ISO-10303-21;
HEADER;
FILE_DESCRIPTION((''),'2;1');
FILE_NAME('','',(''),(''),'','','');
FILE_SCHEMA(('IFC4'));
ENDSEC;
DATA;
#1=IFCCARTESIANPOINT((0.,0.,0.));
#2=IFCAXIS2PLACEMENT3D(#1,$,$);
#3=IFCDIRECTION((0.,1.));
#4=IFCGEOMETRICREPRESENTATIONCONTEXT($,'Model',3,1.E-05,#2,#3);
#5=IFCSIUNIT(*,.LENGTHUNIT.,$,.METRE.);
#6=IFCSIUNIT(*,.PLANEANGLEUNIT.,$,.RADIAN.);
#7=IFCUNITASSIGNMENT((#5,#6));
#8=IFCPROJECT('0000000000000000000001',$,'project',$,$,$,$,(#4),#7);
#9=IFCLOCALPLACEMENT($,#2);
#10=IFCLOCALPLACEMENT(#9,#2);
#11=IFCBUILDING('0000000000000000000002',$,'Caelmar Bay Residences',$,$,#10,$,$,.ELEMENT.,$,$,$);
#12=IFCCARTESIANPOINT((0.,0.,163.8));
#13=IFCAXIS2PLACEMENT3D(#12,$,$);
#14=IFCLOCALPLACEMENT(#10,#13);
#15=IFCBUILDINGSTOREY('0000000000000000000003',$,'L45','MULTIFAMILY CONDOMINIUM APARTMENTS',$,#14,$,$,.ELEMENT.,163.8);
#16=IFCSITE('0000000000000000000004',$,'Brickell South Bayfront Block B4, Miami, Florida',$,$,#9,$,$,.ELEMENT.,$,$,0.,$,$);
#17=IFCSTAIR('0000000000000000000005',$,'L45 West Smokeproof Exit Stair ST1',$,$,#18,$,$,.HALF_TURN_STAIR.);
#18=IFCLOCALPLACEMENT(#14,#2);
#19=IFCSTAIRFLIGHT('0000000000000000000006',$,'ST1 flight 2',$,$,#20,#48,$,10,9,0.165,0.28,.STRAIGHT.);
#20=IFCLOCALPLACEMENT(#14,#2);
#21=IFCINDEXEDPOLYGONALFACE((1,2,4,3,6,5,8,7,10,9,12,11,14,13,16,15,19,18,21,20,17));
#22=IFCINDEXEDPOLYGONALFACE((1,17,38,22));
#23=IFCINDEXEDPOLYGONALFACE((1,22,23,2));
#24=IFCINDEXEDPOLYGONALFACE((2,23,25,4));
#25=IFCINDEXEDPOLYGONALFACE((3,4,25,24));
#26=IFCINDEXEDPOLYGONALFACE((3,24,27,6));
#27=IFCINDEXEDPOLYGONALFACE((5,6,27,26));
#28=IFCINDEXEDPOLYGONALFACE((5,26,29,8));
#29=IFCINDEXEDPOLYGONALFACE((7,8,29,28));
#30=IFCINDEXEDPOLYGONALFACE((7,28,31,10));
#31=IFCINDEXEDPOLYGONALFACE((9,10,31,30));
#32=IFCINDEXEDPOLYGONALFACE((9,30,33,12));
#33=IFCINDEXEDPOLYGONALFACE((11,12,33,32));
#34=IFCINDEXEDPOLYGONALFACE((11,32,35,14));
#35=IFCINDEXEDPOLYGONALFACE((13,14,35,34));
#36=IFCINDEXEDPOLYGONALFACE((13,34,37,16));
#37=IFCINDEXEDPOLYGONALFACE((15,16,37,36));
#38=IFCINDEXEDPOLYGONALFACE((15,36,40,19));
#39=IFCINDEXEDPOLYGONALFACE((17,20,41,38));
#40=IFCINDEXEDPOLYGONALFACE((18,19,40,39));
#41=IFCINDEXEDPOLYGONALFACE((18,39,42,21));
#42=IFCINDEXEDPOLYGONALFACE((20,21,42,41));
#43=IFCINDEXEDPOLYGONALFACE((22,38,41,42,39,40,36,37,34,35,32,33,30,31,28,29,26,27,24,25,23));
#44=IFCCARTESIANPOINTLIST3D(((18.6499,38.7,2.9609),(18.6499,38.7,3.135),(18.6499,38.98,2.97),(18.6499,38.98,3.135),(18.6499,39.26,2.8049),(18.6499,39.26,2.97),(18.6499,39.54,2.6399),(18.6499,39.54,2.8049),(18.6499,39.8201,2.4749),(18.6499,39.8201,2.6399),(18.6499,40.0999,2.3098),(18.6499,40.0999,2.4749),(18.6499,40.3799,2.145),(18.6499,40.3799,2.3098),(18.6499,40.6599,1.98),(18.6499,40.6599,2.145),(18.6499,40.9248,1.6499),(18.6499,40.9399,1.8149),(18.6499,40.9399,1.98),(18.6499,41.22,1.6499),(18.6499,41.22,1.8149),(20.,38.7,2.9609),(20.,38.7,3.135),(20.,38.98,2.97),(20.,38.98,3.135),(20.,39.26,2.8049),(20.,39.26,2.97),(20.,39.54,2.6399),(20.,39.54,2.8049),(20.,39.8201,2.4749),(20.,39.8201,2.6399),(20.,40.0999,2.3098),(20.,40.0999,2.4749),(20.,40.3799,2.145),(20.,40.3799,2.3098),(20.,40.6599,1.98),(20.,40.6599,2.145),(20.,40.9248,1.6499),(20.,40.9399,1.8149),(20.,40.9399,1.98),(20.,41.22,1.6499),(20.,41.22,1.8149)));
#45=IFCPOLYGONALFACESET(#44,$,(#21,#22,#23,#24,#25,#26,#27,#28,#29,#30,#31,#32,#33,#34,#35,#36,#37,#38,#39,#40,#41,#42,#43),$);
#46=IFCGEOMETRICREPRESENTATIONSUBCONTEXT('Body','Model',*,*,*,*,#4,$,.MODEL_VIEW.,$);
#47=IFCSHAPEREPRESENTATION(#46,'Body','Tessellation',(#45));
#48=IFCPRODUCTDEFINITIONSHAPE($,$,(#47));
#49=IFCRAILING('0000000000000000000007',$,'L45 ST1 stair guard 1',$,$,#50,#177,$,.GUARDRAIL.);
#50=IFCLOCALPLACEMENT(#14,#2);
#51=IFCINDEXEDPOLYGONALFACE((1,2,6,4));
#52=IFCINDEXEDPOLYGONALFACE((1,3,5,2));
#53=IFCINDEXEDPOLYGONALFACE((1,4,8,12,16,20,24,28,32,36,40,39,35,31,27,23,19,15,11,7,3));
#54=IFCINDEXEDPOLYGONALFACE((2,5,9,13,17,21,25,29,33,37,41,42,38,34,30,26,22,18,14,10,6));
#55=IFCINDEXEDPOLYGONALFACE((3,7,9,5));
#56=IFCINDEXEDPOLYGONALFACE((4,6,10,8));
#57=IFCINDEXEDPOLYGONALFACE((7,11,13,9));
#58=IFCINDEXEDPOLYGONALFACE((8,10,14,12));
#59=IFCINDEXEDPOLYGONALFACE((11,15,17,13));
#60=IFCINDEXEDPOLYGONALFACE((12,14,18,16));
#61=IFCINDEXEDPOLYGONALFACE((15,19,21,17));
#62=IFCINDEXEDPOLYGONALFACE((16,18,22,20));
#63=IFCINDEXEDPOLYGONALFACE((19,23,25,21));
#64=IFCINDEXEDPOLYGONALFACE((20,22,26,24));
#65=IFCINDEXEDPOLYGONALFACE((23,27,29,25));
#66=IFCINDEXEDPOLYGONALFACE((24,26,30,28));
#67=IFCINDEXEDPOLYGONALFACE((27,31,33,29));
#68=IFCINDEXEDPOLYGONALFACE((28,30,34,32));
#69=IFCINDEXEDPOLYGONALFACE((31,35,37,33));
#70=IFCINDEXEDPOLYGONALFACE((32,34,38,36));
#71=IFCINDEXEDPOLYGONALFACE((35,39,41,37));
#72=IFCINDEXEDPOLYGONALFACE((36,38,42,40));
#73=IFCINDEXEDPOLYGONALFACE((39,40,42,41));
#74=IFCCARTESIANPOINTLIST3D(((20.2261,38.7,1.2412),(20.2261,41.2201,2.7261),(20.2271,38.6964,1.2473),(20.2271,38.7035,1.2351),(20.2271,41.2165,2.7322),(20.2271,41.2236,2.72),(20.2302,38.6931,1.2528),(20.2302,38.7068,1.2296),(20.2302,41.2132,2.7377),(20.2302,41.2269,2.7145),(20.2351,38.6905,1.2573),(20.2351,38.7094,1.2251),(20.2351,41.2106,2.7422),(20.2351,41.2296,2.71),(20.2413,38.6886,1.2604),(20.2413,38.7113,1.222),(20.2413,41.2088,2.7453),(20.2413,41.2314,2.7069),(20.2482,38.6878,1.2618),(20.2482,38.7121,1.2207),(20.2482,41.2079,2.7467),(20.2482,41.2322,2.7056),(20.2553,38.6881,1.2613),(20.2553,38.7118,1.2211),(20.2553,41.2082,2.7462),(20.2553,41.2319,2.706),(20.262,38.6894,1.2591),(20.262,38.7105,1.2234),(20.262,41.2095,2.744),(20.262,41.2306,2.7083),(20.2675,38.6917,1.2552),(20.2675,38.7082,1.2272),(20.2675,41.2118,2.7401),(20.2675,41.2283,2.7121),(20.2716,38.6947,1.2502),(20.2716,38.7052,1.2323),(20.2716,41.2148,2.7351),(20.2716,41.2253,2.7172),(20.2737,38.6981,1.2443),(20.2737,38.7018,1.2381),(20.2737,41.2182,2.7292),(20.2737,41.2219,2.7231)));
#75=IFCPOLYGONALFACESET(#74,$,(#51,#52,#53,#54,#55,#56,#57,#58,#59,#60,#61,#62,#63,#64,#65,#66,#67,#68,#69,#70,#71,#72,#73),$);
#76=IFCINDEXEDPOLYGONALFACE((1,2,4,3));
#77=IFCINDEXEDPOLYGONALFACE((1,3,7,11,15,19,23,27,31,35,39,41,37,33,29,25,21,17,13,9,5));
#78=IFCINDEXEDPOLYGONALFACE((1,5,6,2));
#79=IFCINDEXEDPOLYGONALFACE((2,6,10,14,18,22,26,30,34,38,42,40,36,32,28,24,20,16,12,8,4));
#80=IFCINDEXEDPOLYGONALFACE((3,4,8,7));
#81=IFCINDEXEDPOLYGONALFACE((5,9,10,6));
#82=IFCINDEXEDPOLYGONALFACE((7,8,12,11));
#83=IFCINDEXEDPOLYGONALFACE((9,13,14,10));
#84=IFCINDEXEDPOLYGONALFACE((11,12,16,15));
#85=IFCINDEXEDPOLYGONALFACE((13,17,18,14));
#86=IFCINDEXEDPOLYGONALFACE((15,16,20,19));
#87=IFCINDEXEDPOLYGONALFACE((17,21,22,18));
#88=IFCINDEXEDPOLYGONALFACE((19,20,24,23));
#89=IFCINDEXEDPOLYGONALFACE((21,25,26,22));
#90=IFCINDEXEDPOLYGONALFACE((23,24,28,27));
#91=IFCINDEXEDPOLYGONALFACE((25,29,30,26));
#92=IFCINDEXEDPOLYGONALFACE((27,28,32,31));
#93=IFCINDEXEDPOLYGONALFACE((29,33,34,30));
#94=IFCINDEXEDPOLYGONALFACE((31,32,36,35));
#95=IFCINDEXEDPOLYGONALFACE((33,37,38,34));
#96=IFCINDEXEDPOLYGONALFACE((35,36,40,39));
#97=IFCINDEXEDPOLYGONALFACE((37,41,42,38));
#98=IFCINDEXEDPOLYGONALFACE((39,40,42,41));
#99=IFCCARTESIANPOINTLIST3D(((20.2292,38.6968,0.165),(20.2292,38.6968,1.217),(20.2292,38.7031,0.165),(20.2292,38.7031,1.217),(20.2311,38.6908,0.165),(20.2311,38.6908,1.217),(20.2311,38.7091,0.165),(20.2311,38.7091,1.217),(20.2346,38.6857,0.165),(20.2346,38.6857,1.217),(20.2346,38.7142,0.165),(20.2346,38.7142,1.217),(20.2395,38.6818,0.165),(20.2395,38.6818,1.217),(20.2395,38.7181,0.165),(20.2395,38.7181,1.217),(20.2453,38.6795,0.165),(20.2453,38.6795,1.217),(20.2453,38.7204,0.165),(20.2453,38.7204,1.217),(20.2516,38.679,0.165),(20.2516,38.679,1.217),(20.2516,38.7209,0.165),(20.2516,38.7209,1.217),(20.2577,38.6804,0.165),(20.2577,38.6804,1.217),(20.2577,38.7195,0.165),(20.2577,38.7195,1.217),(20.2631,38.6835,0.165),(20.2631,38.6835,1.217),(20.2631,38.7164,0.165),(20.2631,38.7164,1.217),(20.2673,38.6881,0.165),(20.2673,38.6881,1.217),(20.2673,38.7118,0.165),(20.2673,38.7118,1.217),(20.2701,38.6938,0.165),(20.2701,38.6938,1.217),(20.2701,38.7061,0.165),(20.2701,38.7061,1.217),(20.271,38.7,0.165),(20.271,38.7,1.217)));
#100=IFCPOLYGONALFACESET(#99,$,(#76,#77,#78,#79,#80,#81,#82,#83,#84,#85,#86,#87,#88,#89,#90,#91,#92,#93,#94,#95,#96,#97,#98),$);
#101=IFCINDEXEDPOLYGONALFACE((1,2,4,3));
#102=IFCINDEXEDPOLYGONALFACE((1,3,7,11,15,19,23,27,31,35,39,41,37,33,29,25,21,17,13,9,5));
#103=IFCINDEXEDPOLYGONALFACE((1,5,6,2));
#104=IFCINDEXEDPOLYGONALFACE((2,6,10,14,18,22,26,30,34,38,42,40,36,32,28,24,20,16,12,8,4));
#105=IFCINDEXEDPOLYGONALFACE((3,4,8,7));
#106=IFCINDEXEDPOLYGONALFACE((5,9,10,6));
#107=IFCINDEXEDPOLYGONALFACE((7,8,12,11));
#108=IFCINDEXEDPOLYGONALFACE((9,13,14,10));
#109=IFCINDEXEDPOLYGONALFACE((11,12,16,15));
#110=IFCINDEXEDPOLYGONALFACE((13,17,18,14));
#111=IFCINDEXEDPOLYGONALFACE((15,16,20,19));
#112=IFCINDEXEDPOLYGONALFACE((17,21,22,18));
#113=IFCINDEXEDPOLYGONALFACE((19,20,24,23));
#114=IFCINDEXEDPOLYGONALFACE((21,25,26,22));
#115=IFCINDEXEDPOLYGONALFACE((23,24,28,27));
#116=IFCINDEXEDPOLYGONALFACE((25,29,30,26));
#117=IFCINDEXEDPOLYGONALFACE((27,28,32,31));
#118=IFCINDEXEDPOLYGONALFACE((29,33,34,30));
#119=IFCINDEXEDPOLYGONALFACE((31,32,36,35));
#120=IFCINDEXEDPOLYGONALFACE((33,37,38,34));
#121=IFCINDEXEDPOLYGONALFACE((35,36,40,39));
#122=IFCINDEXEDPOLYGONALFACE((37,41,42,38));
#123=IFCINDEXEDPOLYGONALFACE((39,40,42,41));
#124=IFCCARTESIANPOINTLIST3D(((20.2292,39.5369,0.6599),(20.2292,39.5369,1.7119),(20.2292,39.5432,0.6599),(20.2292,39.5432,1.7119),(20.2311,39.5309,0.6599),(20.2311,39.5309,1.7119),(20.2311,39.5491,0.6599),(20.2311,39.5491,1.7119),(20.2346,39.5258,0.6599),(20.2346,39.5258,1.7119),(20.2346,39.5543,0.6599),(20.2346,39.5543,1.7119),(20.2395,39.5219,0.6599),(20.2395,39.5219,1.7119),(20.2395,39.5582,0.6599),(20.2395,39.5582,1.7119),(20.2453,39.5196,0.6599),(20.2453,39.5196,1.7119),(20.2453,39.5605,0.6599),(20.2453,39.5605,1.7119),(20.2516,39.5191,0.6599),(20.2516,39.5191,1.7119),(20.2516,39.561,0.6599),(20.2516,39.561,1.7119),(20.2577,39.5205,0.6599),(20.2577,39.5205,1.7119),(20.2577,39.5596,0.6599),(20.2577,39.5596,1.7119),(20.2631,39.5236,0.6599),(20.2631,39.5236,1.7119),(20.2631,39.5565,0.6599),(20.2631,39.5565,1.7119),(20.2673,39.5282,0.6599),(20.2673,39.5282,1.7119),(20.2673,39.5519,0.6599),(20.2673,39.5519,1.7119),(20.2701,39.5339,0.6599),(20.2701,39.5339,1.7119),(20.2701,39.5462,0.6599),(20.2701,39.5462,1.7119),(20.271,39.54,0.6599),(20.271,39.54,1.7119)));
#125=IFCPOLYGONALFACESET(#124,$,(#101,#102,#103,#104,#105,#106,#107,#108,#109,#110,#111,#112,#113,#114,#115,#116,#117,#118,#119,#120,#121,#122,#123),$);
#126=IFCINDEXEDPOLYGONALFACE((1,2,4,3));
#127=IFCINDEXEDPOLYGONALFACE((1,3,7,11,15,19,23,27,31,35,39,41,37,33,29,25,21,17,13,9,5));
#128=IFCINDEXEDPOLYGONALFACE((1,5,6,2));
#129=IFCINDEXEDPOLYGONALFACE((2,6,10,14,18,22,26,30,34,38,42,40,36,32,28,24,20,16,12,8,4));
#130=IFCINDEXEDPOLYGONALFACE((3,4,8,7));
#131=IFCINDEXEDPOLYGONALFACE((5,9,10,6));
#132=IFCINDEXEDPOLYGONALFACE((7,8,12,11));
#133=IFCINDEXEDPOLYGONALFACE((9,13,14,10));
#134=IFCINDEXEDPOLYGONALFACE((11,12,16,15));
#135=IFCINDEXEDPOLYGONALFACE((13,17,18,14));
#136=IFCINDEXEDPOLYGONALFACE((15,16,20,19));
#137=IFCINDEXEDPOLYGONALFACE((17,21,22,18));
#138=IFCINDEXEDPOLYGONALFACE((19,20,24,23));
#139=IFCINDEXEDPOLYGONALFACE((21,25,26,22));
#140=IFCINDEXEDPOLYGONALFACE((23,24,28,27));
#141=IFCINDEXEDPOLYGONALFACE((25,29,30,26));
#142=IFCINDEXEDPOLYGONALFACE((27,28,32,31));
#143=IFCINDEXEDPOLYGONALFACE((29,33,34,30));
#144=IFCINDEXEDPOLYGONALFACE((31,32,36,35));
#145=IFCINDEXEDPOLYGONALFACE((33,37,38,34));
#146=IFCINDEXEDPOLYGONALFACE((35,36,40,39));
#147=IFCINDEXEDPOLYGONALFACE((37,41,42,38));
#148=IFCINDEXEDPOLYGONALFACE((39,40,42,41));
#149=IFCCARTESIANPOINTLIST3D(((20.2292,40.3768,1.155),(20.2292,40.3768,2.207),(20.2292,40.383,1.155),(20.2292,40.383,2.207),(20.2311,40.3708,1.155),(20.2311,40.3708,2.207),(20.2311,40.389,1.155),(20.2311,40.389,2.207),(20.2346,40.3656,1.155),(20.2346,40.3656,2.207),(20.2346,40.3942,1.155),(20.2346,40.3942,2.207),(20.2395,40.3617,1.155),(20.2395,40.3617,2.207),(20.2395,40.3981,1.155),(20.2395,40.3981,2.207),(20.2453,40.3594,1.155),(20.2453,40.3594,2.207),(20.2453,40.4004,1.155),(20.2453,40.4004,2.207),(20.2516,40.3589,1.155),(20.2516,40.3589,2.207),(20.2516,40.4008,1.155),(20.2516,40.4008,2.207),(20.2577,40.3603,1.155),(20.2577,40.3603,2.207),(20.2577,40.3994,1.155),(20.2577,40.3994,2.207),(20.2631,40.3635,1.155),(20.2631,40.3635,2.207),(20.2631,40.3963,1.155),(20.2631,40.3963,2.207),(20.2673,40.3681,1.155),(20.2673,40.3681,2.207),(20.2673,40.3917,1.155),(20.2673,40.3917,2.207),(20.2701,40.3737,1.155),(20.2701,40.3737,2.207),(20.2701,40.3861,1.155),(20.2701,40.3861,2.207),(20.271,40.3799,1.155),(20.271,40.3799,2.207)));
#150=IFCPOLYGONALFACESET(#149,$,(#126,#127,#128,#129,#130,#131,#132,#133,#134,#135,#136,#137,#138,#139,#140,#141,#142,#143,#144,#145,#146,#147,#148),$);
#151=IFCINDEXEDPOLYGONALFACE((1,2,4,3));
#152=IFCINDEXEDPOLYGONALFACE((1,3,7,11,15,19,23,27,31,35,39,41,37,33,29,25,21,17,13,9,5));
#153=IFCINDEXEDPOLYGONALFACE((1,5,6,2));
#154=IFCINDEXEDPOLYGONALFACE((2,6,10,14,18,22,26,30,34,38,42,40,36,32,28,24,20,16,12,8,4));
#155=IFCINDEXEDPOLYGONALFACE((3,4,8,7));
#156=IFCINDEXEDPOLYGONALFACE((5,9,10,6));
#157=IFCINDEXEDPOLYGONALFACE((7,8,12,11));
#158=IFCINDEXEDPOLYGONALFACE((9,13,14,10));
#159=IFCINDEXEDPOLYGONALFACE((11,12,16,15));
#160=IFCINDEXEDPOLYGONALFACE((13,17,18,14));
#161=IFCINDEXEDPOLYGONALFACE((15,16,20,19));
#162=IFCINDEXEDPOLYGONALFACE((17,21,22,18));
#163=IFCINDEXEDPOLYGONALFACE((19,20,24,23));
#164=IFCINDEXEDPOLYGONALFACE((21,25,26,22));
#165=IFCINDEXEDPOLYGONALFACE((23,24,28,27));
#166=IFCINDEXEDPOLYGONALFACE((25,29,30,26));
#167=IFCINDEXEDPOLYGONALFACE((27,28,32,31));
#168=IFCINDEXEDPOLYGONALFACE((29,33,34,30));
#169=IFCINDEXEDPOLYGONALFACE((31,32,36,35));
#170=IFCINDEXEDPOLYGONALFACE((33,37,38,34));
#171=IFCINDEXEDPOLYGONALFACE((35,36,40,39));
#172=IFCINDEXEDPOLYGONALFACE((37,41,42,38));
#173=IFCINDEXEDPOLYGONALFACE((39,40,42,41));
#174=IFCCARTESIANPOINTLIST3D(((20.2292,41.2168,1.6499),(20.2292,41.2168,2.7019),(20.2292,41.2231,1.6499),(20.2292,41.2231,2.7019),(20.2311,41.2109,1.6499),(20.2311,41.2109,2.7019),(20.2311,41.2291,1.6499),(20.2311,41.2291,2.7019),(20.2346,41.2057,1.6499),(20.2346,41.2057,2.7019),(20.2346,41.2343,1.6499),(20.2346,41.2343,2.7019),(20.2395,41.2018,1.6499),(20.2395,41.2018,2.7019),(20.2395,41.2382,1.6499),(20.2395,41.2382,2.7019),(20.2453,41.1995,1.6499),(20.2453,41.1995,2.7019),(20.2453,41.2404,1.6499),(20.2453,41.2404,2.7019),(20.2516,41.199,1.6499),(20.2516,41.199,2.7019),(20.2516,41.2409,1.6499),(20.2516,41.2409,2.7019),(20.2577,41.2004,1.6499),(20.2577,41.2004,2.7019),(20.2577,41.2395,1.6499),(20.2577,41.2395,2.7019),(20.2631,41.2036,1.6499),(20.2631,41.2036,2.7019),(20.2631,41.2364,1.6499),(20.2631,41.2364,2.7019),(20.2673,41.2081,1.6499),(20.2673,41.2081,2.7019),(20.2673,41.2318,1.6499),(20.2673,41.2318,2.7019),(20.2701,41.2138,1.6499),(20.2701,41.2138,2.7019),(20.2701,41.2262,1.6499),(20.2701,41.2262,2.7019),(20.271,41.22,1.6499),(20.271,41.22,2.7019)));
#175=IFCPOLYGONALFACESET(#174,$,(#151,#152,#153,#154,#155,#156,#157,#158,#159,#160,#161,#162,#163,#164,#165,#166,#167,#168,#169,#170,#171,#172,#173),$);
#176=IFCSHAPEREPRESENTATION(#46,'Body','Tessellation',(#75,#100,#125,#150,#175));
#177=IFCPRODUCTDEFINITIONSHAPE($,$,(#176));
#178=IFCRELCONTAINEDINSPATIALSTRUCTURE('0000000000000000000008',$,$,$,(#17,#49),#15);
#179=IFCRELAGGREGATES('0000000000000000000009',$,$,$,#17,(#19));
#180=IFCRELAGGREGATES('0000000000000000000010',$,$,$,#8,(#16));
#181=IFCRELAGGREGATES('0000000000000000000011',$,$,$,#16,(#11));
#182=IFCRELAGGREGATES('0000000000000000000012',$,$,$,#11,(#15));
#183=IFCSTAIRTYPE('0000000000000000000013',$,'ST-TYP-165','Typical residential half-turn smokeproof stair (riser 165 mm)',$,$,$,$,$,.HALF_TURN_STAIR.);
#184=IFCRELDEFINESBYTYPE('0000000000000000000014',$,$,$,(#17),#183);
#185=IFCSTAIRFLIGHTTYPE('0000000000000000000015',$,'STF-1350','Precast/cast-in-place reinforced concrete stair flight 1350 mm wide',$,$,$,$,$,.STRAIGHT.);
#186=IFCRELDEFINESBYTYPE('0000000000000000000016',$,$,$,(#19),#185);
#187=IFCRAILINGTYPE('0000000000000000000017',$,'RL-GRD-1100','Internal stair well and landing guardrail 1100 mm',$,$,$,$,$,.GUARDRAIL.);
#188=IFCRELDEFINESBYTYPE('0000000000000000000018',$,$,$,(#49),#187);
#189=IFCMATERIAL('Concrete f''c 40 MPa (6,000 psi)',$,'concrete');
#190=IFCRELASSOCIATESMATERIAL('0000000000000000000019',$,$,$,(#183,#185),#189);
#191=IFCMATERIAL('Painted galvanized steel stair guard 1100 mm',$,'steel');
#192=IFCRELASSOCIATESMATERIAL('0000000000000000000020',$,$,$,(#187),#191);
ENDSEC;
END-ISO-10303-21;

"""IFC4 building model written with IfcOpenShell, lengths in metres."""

from ifc_helpers import new_model, si_unit, direction, frame, origin, origin_2d, place, context, subcontext, project, spatial, polyline, circle, outline, extrude, material, type_object, element, aggregate, save


model = new_model("IFC4")

# Units and contexts
model_context = context("Model", 3, precision=1e-05, world=origin(), true_north=direction((0.0, 1.0)))
body_context = subcontext(model_context, "Body", "Model", "MODEL_VIEW")
ifc_project = project(units=[si_unit("LENGTHUNIT", "METRE"), si_unit("PLANEANGLEUNIT", "RADIAN")], contexts=[model_context])

# Site, building, storey
site_placement = place(None, origin())
site = spatial("IfcSite", under=ifc_project, at=site_placement, Name="Brickell South Bayfront Block B4, Miami, Florida", CompositionType="ELEMENT", RefElevation=0.0)
building_placement = place(site_placement, origin())
building = spatial("IfcBuilding", under=site, at=building_placement, Name="Caelmar Bay Residences", CompositionType="ELEMENT")
storey_placement = place(building_placement, frame((0.0, 0.0, 163.8)))
storey = spatial("IfcBuildingStorey", under=building, at=storey_placement, Name="L45", Description="MULTIFAMILY CONDOMINIUM APARTMENTS", CompositionType="ELEMENT", Elevation=163.8)

# Stair, stair flight
ifc_material_1 = material(Name="Concrete f'c 40 MPa (6,000 psi)", Category="concrete")
stair_type = type_object("IfcStairType", Name="ST-TYP-165", Description="Typical residential half-turn smokeproof stair (riser 165 mm)", PredefinedType="HALF_TURN_STAIR", material=ifc_material_1)
stair_placement = place(storey_placement, origin())
stair = element("IfcStair", 1, at=stair_placement, inside=storey, type_object=stair_type, Name="L45 West Smokeproof Exit Stair ST1", PredefinedType="HALF_TURN_STAIR")
stair_flight_type = type_object("IfcStairFlightType", Name="STF-1350", Description="Precast/cast-in-place reinforced concrete stair flight 1350 mm wide", PredefinedType="STRAIGHT", material=ifc_material_1)
stair_flight_1_placement = place(storey_placement, frame((19.325, 41.22, 1.6499), z_axis=(0.0, 0.0, 1.0), x_axis=(0.0, -1.0, 0.0)))
stair_flight_1 = element("IfcStairFlight", 2, at=stair_flight_1_placement, type_object=stair_flight_type, Name="ST1 flight 2", NumberOfRisers=10, NumberOfTreads=9, PredefinedType="STRAIGHT", RiserHeight=0.165, TreadLength=0.28, context=body_context, shape_type="SweptSolid", body=[
    extrude(outline(polyline([(0.0, 0.0), (0.0, 0.165), (0.28, 0.165), (0.28, 0.3301), (0.5601, 0.3301), (0.5601, 0.4951), (0.8401, 0.4951), (0.8401, 0.6599), (1.1201, 0.6599), (1.1201, 0.825), (1.3999, 0.825), (1.3999, 0.99), (1.6799, 0.99), (1.6799, 1.155), (1.96, 1.155), (1.96, 1.3201), (2.24, 1.3201), (2.24, 1.4851), (2.52, 1.4851), (2.52, 1.6499), (2.52, 1.311), (0.2952, 0.0), (0.0, 0.0)])), frame((0.0, 0.675, 0.0), z_axis=(0.0, -1.0, 0.0), x_axis=(1.0, 0.0, 0.0)), (0.0, 0.0, 1.0), 1.3501),
])
aggregate(stair, [stair_flight_1])

# Railing
ifc_material_2 = material(Name="Painted galvanized steel stair guard 1100 mm", Category="steel")
railing_type_1 = type_object("IfcRailingType", Name="RL-GRD-1100", Description="Internal stair well and landing guardrail 1100 mm", PredefinedType="GUARDRAIL", material=ifc_material_2)
railing_1_placement = place(storey_placement, frame((20.25, 38.7, 0.165)))
element("IfcRailing", 3, at=railing_1_placement, inside=storey, type_object=railing_type_1, Name="L45 ST1 stair guard 1", PredefinedType="GUARDRAIL", context=body_context, shape_type="SweptSolid", body=[
    extrude(circle(Radius=0.0239, at=origin_2d()), frame((0.0, 0.0, 1.0762), z_axis=(0.0, 0.861561, 0.507655), x_axis=(-1.0, 0.0, 0.0)), (0.0, 0.0, 1.0), 2.925),
    extrude(circle(Radius=0.021, at=origin_2d()), origin(), (0.0, 0.0, 1.0), 1.052),
    extrude(circle(Radius=0.021, at=origin_2d()), frame((0.0, 0.8401, 0.4949)), (0.0, 0.0, 1.0), 1.052),
    extrude(circle(Radius=0.021, at=origin_2d()), frame((0.0, 1.6799, 0.99)), (0.0, 0.0, 1.0), 1.052),
    extrude(circle(Radius=0.021, at=origin_2d()), frame((0.0, 2.52, 1.4849)), (0.0, 0.0, 1.0), 1.052),
])

save(model, "model.ifc")
